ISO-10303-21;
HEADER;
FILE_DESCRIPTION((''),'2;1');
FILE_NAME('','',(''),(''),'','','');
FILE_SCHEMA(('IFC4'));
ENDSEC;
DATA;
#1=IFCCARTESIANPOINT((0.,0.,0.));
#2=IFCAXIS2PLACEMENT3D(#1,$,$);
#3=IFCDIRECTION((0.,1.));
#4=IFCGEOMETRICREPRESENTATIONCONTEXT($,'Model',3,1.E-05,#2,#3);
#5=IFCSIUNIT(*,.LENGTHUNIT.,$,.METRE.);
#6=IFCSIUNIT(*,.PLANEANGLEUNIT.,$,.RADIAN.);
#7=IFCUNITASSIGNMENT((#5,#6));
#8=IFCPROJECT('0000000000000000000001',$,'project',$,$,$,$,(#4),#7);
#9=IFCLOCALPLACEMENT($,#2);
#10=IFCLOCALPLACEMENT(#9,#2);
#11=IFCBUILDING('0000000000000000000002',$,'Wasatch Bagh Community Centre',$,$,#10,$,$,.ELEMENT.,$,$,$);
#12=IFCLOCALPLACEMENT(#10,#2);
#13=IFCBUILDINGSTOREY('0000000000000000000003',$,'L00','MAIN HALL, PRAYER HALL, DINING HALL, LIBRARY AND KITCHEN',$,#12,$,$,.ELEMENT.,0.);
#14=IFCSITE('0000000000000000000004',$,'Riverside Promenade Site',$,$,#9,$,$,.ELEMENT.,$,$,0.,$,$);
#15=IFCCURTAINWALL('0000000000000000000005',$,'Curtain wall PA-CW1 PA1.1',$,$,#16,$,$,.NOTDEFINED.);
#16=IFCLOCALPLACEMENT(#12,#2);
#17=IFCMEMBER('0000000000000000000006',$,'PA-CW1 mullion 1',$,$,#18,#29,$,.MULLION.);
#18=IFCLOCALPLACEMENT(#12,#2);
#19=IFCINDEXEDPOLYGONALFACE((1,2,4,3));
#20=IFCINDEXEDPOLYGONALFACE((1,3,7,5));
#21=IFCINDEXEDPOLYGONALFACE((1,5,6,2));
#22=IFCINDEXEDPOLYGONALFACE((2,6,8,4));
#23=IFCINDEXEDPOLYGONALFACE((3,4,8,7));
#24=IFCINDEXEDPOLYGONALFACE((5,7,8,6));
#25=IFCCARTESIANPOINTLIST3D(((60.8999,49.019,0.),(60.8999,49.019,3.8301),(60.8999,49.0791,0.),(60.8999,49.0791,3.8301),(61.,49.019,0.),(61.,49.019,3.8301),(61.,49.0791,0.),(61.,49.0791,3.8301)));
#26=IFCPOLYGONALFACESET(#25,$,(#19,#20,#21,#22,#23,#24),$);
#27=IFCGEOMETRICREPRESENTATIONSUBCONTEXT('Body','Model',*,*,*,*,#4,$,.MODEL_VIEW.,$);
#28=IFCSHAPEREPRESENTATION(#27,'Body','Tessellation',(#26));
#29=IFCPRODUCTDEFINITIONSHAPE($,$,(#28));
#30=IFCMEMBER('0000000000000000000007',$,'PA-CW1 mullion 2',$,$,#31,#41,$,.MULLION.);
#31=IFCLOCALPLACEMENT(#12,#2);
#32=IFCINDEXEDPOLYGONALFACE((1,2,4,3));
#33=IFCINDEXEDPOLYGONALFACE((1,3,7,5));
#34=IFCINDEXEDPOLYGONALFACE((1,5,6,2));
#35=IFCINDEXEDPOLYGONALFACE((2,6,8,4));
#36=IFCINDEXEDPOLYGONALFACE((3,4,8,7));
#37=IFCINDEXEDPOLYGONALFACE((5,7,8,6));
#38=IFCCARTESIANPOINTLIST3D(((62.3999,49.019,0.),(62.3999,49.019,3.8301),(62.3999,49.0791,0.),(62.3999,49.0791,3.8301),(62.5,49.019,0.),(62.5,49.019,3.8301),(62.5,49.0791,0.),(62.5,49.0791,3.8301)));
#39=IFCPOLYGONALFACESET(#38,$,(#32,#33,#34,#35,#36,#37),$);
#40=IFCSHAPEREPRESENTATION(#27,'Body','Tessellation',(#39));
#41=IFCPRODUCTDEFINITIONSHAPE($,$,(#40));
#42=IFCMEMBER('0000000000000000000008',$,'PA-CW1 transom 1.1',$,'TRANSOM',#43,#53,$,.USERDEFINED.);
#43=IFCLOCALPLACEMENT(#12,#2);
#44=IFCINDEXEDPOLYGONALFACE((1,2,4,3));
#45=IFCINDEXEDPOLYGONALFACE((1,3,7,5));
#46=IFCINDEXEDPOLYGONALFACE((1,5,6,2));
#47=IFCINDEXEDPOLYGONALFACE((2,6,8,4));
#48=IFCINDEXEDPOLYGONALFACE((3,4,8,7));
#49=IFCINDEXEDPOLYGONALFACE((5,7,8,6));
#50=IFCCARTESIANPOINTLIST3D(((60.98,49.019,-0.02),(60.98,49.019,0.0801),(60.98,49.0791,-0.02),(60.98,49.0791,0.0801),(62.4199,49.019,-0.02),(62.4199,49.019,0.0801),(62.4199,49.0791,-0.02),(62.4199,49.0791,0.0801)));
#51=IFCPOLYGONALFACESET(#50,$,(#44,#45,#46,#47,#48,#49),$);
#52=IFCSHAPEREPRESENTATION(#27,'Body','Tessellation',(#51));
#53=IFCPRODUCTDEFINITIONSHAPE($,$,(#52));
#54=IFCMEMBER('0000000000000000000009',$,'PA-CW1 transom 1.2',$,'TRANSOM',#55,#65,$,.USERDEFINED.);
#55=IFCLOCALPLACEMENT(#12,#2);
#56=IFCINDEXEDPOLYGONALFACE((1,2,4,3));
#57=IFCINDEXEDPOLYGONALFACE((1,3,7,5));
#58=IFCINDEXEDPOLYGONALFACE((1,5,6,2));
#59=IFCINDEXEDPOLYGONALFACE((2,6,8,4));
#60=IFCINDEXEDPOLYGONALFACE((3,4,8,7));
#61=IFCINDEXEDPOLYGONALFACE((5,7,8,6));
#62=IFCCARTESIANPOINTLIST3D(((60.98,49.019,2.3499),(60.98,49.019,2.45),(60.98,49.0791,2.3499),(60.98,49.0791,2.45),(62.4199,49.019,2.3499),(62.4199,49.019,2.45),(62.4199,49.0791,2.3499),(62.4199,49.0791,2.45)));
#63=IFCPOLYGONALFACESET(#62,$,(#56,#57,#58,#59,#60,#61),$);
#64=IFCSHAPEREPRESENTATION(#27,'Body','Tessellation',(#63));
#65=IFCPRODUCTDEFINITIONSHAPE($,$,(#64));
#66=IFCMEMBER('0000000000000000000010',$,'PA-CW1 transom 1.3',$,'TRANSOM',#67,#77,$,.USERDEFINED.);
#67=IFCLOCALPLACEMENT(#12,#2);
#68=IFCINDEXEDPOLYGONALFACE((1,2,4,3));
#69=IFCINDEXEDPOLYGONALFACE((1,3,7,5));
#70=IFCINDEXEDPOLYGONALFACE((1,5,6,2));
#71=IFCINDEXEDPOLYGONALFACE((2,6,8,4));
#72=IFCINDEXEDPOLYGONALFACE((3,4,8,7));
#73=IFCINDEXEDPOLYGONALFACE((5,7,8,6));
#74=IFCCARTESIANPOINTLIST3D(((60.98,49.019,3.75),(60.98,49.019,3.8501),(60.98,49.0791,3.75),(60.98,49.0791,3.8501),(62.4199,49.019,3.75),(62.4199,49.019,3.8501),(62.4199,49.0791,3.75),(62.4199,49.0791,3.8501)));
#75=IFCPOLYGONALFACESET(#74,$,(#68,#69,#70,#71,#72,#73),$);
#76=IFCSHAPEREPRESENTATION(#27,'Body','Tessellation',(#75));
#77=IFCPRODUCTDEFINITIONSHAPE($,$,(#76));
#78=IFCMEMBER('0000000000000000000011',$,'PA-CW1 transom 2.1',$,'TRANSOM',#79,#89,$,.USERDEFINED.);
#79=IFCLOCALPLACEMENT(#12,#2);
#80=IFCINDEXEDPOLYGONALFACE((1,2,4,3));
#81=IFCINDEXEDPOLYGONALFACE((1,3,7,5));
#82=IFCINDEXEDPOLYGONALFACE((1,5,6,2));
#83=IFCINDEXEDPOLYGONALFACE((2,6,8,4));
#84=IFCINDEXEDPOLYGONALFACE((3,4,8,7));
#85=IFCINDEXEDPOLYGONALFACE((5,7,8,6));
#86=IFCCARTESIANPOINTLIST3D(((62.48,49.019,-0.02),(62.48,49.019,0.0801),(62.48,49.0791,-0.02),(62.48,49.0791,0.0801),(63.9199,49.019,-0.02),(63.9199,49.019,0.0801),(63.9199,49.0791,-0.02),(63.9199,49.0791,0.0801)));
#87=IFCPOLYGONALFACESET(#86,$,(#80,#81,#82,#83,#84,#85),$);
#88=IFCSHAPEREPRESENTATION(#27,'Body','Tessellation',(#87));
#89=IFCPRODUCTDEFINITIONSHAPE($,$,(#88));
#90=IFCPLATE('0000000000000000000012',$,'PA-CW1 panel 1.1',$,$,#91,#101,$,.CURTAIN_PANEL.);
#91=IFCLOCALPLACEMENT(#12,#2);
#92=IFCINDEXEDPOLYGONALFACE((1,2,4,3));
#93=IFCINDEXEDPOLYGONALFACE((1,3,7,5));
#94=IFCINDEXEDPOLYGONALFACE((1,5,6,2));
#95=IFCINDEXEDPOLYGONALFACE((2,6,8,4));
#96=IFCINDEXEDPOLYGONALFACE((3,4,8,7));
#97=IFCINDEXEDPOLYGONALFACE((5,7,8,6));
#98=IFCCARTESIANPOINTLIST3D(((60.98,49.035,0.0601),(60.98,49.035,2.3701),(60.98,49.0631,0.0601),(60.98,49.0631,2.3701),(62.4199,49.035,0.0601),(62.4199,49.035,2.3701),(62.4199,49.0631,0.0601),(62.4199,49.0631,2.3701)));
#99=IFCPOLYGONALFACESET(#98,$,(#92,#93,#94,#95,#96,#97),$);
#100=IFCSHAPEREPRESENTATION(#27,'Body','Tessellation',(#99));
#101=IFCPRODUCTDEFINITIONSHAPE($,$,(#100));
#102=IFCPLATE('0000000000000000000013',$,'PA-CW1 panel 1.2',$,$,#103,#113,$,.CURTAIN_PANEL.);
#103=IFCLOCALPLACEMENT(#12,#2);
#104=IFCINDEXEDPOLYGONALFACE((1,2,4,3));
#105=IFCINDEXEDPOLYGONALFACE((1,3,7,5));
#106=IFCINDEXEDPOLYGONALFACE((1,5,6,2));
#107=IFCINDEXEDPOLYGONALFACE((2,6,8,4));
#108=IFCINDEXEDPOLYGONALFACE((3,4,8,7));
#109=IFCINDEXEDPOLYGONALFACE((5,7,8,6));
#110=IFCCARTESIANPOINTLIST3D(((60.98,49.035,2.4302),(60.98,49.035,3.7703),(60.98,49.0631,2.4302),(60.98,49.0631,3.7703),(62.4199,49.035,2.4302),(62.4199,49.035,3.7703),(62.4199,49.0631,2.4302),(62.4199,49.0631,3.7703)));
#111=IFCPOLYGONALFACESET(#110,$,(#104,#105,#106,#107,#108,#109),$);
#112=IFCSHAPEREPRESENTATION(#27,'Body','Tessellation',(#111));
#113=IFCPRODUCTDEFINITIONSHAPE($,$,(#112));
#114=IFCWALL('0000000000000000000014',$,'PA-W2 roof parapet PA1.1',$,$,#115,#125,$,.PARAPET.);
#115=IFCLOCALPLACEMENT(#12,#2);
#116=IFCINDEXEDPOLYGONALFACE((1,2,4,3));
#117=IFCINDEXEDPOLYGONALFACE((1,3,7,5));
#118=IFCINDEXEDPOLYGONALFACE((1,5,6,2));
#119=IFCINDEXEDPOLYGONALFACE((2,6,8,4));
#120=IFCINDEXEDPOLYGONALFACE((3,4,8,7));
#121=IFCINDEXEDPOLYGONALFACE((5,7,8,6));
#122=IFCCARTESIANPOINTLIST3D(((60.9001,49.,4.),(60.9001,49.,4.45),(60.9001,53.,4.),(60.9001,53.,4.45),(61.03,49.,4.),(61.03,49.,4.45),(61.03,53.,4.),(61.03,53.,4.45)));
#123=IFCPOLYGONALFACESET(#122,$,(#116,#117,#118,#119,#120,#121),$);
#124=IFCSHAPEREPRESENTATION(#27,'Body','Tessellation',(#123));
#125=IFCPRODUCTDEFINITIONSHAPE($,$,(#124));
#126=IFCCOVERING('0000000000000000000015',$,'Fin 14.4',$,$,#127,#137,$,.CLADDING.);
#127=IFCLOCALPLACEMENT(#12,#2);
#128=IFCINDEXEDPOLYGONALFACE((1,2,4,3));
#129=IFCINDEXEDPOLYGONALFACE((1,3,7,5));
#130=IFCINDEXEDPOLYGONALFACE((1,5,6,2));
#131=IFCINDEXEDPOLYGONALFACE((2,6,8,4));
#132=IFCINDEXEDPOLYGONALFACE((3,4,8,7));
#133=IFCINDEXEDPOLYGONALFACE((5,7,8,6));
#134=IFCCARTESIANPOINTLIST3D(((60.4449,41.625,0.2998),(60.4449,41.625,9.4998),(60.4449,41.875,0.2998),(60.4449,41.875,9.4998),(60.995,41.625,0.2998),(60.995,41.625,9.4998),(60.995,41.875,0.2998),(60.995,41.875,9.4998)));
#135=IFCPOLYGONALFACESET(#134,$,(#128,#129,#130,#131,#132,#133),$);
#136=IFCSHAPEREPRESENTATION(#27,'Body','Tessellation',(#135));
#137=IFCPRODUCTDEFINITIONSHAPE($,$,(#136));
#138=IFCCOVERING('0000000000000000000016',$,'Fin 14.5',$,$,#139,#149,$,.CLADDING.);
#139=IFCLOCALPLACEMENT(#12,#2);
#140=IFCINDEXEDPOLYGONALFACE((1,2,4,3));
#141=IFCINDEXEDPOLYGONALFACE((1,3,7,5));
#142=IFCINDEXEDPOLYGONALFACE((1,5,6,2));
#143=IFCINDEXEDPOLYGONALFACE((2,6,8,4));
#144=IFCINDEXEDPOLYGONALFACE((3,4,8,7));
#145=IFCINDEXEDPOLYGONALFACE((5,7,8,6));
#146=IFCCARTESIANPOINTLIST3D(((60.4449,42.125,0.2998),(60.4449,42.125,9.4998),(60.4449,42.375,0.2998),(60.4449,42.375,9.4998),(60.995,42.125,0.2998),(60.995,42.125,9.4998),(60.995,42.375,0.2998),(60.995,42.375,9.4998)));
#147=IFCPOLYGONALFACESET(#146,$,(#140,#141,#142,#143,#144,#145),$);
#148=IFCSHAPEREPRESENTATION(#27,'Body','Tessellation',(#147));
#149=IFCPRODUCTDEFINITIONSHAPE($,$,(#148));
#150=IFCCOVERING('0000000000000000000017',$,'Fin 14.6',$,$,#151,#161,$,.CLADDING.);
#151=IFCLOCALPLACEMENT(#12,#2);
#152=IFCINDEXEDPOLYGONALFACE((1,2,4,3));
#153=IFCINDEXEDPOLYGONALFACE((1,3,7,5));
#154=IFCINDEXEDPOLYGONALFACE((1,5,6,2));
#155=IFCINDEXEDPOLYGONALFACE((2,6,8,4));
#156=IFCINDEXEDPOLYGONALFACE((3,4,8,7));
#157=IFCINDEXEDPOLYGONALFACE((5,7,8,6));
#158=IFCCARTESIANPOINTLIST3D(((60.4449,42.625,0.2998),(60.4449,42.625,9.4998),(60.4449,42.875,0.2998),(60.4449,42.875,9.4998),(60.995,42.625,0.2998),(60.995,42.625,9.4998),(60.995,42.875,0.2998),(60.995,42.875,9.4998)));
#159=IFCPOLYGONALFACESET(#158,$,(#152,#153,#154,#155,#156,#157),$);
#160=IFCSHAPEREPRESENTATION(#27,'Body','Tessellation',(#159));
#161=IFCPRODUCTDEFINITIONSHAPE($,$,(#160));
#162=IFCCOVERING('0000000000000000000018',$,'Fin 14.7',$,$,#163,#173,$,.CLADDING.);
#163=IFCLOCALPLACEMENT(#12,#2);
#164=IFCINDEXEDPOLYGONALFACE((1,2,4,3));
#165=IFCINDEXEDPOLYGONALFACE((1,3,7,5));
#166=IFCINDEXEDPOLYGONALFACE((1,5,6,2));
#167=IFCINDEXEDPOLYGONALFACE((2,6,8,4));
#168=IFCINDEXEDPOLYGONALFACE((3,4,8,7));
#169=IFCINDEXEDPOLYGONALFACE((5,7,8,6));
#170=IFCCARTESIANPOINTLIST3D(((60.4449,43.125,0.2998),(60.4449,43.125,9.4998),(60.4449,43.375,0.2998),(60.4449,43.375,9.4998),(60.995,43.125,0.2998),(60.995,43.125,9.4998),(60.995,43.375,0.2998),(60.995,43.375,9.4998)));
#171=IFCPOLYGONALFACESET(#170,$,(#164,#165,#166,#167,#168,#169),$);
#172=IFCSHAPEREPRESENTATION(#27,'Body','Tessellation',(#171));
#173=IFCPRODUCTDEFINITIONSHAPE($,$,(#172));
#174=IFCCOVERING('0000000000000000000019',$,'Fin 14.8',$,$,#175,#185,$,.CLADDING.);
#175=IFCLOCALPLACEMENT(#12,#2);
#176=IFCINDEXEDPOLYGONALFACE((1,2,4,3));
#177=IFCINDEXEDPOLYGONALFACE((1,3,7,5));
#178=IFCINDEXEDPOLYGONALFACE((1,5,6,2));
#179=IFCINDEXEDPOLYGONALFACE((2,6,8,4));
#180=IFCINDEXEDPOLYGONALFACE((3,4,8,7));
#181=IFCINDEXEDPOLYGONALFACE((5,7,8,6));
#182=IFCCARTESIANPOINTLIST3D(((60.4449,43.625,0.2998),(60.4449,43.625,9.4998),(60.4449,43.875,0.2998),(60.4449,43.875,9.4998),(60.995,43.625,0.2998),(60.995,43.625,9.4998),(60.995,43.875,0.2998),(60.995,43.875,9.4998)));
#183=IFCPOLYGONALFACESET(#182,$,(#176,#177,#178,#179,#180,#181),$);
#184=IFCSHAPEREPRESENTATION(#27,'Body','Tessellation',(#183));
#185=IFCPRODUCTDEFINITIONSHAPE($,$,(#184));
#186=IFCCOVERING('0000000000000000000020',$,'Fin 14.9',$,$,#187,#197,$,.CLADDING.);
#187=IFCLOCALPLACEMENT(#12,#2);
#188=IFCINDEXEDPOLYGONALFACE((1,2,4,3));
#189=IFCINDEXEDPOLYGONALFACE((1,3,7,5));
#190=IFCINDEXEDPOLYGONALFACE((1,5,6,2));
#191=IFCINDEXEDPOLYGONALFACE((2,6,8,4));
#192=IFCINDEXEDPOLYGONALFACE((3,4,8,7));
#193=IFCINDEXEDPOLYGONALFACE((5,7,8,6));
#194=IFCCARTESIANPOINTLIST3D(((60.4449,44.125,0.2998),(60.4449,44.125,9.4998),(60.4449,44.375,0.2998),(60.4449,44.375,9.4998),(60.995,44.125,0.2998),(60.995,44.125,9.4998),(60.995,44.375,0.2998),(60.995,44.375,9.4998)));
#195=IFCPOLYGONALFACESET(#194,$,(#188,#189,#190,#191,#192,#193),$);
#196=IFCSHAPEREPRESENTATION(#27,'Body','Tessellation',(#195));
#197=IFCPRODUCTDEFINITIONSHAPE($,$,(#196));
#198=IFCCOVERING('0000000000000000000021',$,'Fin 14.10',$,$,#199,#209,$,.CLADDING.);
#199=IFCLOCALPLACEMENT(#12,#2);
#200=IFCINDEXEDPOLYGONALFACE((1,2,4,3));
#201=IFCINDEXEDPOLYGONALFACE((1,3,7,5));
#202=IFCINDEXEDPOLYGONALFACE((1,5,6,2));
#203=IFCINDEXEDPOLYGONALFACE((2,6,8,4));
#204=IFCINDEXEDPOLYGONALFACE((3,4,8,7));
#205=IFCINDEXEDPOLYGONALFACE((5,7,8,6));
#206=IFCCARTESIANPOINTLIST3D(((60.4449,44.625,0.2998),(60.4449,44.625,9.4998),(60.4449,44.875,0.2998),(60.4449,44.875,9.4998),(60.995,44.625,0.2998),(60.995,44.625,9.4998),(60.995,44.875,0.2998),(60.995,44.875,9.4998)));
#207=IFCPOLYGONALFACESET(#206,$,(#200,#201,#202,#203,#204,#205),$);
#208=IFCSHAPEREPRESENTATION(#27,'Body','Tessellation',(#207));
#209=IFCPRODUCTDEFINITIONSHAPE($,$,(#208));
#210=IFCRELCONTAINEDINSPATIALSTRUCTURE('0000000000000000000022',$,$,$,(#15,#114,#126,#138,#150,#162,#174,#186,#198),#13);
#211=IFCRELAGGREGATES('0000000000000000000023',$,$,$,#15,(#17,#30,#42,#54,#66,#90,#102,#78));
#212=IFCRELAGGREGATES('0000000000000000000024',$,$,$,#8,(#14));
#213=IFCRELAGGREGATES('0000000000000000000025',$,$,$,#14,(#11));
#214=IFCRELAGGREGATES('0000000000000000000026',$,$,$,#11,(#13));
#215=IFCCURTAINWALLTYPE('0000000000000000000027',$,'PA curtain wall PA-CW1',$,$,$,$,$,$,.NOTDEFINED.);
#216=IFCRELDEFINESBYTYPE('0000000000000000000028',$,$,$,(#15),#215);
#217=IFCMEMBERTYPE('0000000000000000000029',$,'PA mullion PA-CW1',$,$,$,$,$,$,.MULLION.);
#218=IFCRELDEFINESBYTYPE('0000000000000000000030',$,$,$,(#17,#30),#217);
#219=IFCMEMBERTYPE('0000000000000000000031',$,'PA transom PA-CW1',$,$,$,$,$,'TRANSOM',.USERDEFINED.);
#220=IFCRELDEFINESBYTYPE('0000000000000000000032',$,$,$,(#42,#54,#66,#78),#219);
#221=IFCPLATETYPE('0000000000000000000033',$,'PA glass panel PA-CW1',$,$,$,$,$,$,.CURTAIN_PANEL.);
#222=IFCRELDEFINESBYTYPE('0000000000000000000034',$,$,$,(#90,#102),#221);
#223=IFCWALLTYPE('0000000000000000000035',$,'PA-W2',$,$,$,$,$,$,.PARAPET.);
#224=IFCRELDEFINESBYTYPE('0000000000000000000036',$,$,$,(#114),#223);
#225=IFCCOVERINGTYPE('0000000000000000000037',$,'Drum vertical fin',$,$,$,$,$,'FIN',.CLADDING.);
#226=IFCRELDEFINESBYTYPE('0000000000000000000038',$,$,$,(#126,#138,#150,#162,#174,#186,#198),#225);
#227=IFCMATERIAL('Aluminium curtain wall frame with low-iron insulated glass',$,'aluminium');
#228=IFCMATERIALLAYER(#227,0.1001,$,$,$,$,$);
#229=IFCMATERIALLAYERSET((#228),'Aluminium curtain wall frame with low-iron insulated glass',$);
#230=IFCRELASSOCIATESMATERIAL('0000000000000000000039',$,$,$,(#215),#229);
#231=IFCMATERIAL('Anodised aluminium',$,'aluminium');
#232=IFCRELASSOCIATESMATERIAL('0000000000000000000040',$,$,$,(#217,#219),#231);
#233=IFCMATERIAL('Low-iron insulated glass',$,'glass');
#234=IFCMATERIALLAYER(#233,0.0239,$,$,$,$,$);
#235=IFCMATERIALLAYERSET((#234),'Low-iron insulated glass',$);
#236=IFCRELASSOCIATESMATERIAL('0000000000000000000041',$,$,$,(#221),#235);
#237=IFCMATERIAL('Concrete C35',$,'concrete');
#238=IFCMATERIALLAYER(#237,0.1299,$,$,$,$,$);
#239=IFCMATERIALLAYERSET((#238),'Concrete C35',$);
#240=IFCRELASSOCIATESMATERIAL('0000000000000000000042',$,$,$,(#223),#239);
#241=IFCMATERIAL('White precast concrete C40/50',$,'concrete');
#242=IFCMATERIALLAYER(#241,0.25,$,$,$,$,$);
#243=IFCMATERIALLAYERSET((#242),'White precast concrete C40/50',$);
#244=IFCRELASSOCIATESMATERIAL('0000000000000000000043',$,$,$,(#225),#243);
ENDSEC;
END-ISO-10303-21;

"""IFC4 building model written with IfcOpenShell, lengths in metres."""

from ifc_helpers import new_model, si_unit, direction, frame, frame_2d, origin, origin_2d, place, context, subcontext, project, spatial, rectangle, extrude, material, layer, layer_set, material_profile, profile_set, type_object, element, aggregate, save


model = new_model("IFC4")

# Units and contexts
model_context = context("Model", 3, precision=1e-05, world=origin(), true_north=direction((0.0, 1.0)))
body_context = subcontext(model_context, "Body", "Model", "MODEL_VIEW")
ifc_project = project(units=[si_unit("LENGTHUNIT", "METRE"), si_unit("PLANEANGLEUNIT", "RADIAN")], contexts=[model_context])

# Site, building, storey
site_placement = place(None, origin())
site = spatial("IfcSite", under=ifc_project, at=site_placement, Name="Riverside Promenade Site", CompositionType="ELEMENT", RefElevation=0.0)
building_placement = place(site_placement, origin())
building = spatial("IfcBuilding", under=site, at=building_placement, Name="Wasatch Bagh Community Centre", CompositionType="ELEMENT")
storey_placement = place(building_placement, origin())
storey = spatial("IfcBuildingStorey", under=building, at=storey_placement, Name="L00", Description="MAIN HALL, PRAYER HALL, DINING HALL, LIBRARY AND KITCHEN", CompositionType="ELEMENT", Elevation=0.0)

# Curtain wall, members, plates
ifc_material_1 = material(Name="Aluminium curtain wall frame with low-iron insulated glass", Category="aluminium")
ifc_layer_1 = layer(ifc_material_1, 0.1001)
ifc_layer_set_1 = layer_set([ifc_layer_1], Name="Aluminium curtain wall frame with low-iron insulated glass")
curtain_wall_type = type_object("IfcCurtainWallType", Name="PA curtain wall PA-CW1", PredefinedType="NOTDEFINED", material=ifc_layer_set_1)
curtain_wall_placement = place(storey_placement, origin())
curtain_wall = element("IfcCurtainWall", 1, at=curtain_wall_placement, inside=storey, type_object=curtain_wall_type, Name="Curtain wall PA-CW1 PA1.1", PredefinedType="NOTDEFINED")
ifc_material_2 = material(Name="Anodised aluminium", Category="aluminium")
ifc_material_profile_1 = material_profile(ifc_material_2, rectangle(XDim=0.0601, YDim=0.1001, at=origin_2d()), Name="PA mullion PA-CW1")
ifc_profile_set_1 = profile_set([ifc_material_profile_1], Name="Anodised aluminium")
member_type_1 = type_object("IfcMemberType", Name="PA mullion PA-CW1", PredefinedType="MULLION", material=ifc_profile_set_1)
member_1_placement = place(storey_placement, frame((60.95, 49.0491, 0.0), z_axis=(0.0, 0.0, 1.0), x_axis=(0.0, 1.0, 0.0)))
member_1 = element("IfcMember", 2, at=member_1_placement, type_object=member_type_1, Name="PA-CW1 mullion 1", PredefinedType="MULLION", context=body_context, shape_type="SweptSolid", body=[
    extrude(rectangle(XDim=0.0601, YDim=0.1001, at=origin_2d()), origin(), (0.0, 0.0, 1.0), 3.8301),
])
member_2_placement = place(storey_placement, frame((62.45, 49.0491, 0.0), z_axis=(0.0, 0.0, 1.0), x_axis=(0.0, 1.0, 0.0)))
member_2 = element("IfcMember", 3, at=member_2_placement, type_object=member_type_1, Name="PA-CW1 mullion 2", PredefinedType="MULLION", context=body_context, shape_type="SweptSolid", body=[
    extrude(rectangle(XDim=0.0601, YDim=0.1001, at=origin_2d()), origin(), (0.0, 0.0, 1.0), 3.8301),
])
ifc_material_profile_2 = material_profile(ifc_material_2, rectangle(XDim=0.0601, YDim=0.1001, at=origin_2d()), Name="PA transom PA-CW1")
ifc_profile_set_2 = profile_set([ifc_material_profile_2], Name="Anodised aluminium")
member_type_2 = type_object("IfcMemberType", Name="PA transom PA-CW1", ElementType="TRANSOM", PredefinedType="USERDEFINED", material=ifc_profile_set_2)
member_3_placement = place(storey_placement, frame((60.98, 49.0491, 0.03), z_axis=(1.0, 0.0, 0.0), x_axis=(0.0, 1.0, 0.0)))
member_3 = element("IfcMember", 4, at=member_3_placement, type_object=member_type_2, Name="PA-CW1 transom 1.1", ObjectType="TRANSOM", PredefinedType="USERDEFINED", context=body_context, shape_type="SweptSolid", body=[
    extrude(rectangle(XDim=0.0601, YDim=0.1001, at=origin_2d()), origin(), (0.0, 0.0, 1.0), 1.4399),
])
member_4_placement = place(storey_placement, frame((60.98, 49.0491, 2.3999), z_axis=(1.0, 0.0, 0.0), x_axis=(0.0, 1.0, 0.0)))
member_4 = element("IfcMember", 5, at=member_4_placement, type_object=member_type_2, Name="PA-CW1 transom 1.2", ObjectType="TRANSOM", PredefinedType="USERDEFINED", context=body_context, shape_type="SweptSolid", body=[
    extrude(rectangle(XDim=0.0601, YDim=0.1001, at=origin_2d()), origin(), (0.0, 0.0, 1.0), 1.4399),
])
member_5_placement = place(storey_placement, frame((60.98, 49.0491, 3.8), z_axis=(1.0, 0.0, 0.0), x_axis=(0.0, 1.0, 0.0)))
member_5 = element("IfcMember", 6, at=member_5_placement, type_object=member_type_2, Name="PA-CW1 transom 1.3", ObjectType="TRANSOM", PredefinedType="USERDEFINED", context=body_context, shape_type="SweptSolid", body=[
    extrude(rectangle(XDim=0.0601, YDim=0.1001, at=origin_2d()), origin(), (0.0, 0.0, 1.0), 1.4399),
])
member_6_placement = place(storey_placement, frame((62.48, 49.0491, 0.03), z_axis=(1.0, 0.0, 0.0), x_axis=(0.0, 1.0, 0.0)))
member_6 = element("IfcMember", 7, at=member_6_placement, type_object=member_type_2, Name="PA-CW1 transom 2.1", ObjectType="TRANSOM", PredefinedType="USERDEFINED", context=body_context, shape_type="SweptSolid", body=[
    extrude(rectangle(XDim=0.0601, YDim=0.1001, at=origin_2d()), origin(), (0.0, 0.0, 1.0), 1.4399),
])
ifc_material_3 = material(Name="Low-iron insulated glass", Category="glass")
ifc_layer_2 = layer(ifc_material_3, 0.0239)
ifc_layer_set_2 = layer_set([ifc_layer_2], Name="Low-iron insulated glass")
plate_type = type_object("IfcPlateType", Name="PA glass panel PA-CW1", PredefinedType="CURTAIN_PANEL", material=ifc_layer_set_2)
plate_1_placement = place(storey_placement, frame((61.7, 49.0491, 0.0601), z_axis=(0.0, 0.0, 1.0), x_axis=(1.0, 0.0, 0.0)))
plate_1 = element("IfcPlate", 8, at=plate_1_placement, type_object=plate_type, Name="PA-CW1 panel 1.1", PredefinedType="CURTAIN_PANEL", context=body_context, shape_type="SweptSolid", body=[
    extrude(rectangle(XDim=1.4399, YDim=0.0281, at=origin_2d()), origin(), (0.0, 0.0, 1.0), 2.3101),
])
plate_2_placement = place(storey_placement, frame((61.7, 49.0491, 2.4302), z_axis=(0.0, 0.0, 1.0), x_axis=(1.0, 0.0, 0.0)))
plate_2 = element("IfcPlate", 9, at=plate_2_placement, type_object=plate_type, Name="PA-CW1 panel 1.2", PredefinedType="CURTAIN_PANEL", context=body_context, shape_type="SweptSolid", body=[
    extrude(rectangle(XDim=1.4399, YDim=0.0281, at=origin_2d()), origin(), (0.0, 0.0, 1.0), 1.3401),
])
aggregate(curtain_wall, [member_1, member_2, member_3, member_4, member_5, plate_1, plate_2, member_6])

# Wall
ifc_material_4 = material(Name="Concrete C35", Category="concrete")
ifc_layer_3 = layer(ifc_material_4, 0.1299)
ifc_layer_set_3 = layer_set([ifc_layer_3], Name="Concrete C35")
wall_type = type_object("IfcWallType", Name="PA-W2", PredefinedType="PARAPET", material=ifc_layer_set_3)
wall_placement = place(storey_placement, frame((60.9651, 49.0, 4.0), z_axis=(0.0, 0.0, 1.0), x_axis=(0.0, 1.0, 0.0)))
element("IfcWall", 10, at=wall_placement, inside=storey, type_object=wall_type, Name="PA-W2 roof parapet PA1.1", PredefinedType="PARAPET", context=body_context, shape_type="SweptSolid", body=[
    extrude(rectangle(XDim=4.0, YDim=0.1299, at=frame_2d((2.0, 0.0))), origin(), (0.0, 0.0, 1.0), 0.45),
])

# Coverings
ifc_material_5 = material(Name="White precast concrete C40/50", Category="concrete")
ifc_layer_4 = layer(ifc_material_5, 0.25)
ifc_layer_set_4 = layer_set([ifc_layer_4], Name="White precast concrete C40/50")
covering_type = type_object("IfcCoveringType", Name="Drum vertical fin", ElementType="FIN", PredefinedType="CLADDING", material=ifc_layer_set_4)
for number, where, z_axis, x_axis, name in (
    (11, (60.72, 41.75, 0.2998), (0.0, 0.0, 1.0), (0.0, 1.0, 0.0), "Fin 14.4"),
    (12, (60.72, 42.25, 0.2998), (0.0, 0.0, 1.0), (0.0, 1.0, 0.0), "Fin 14.5"),
    (13, (60.72, 42.75, 0.2998), (0.0, 0.0, 1.0), (0.0, 1.0, 0.0), "Fin 14.6"),
    (14, (60.72, 43.25, 0.2998), (0.0, 0.0, 1.0), (0.0, 1.0, 0.0), "Fin 14.7"),
    (15, (60.72, 43.75, 0.2998), (0.0, 0.0, 1.0), (0.0, 1.0, 0.0), "Fin 14.8"),
    (16, (60.72, 44.25, 0.2998), (0.0, 0.0, 1.0), (0.0, 1.0, 0.0), "Fin 14.9"),
    (17, (60.72, 44.75, 0.2998), (0.0, 0.0, 1.0), (0.0, 1.0, 0.0), "Fin 14.10"),
):
    element("IfcCovering", number, at=place(storey_placement, frame(where, z_axis=z_axis, x_axis=x_axis)), inside=storey, type_object=covering_type, Name=name, PredefinedType="CLADDING", context=body_context, shape_type="SweptSolid", body=[
        extrude(rectangle(XDim=0.25, YDim=0.55, at=origin_2d()), origin(), (0.0, 0.0, 1.0), 9.2),
    ])

save(model, "model.ifc")
